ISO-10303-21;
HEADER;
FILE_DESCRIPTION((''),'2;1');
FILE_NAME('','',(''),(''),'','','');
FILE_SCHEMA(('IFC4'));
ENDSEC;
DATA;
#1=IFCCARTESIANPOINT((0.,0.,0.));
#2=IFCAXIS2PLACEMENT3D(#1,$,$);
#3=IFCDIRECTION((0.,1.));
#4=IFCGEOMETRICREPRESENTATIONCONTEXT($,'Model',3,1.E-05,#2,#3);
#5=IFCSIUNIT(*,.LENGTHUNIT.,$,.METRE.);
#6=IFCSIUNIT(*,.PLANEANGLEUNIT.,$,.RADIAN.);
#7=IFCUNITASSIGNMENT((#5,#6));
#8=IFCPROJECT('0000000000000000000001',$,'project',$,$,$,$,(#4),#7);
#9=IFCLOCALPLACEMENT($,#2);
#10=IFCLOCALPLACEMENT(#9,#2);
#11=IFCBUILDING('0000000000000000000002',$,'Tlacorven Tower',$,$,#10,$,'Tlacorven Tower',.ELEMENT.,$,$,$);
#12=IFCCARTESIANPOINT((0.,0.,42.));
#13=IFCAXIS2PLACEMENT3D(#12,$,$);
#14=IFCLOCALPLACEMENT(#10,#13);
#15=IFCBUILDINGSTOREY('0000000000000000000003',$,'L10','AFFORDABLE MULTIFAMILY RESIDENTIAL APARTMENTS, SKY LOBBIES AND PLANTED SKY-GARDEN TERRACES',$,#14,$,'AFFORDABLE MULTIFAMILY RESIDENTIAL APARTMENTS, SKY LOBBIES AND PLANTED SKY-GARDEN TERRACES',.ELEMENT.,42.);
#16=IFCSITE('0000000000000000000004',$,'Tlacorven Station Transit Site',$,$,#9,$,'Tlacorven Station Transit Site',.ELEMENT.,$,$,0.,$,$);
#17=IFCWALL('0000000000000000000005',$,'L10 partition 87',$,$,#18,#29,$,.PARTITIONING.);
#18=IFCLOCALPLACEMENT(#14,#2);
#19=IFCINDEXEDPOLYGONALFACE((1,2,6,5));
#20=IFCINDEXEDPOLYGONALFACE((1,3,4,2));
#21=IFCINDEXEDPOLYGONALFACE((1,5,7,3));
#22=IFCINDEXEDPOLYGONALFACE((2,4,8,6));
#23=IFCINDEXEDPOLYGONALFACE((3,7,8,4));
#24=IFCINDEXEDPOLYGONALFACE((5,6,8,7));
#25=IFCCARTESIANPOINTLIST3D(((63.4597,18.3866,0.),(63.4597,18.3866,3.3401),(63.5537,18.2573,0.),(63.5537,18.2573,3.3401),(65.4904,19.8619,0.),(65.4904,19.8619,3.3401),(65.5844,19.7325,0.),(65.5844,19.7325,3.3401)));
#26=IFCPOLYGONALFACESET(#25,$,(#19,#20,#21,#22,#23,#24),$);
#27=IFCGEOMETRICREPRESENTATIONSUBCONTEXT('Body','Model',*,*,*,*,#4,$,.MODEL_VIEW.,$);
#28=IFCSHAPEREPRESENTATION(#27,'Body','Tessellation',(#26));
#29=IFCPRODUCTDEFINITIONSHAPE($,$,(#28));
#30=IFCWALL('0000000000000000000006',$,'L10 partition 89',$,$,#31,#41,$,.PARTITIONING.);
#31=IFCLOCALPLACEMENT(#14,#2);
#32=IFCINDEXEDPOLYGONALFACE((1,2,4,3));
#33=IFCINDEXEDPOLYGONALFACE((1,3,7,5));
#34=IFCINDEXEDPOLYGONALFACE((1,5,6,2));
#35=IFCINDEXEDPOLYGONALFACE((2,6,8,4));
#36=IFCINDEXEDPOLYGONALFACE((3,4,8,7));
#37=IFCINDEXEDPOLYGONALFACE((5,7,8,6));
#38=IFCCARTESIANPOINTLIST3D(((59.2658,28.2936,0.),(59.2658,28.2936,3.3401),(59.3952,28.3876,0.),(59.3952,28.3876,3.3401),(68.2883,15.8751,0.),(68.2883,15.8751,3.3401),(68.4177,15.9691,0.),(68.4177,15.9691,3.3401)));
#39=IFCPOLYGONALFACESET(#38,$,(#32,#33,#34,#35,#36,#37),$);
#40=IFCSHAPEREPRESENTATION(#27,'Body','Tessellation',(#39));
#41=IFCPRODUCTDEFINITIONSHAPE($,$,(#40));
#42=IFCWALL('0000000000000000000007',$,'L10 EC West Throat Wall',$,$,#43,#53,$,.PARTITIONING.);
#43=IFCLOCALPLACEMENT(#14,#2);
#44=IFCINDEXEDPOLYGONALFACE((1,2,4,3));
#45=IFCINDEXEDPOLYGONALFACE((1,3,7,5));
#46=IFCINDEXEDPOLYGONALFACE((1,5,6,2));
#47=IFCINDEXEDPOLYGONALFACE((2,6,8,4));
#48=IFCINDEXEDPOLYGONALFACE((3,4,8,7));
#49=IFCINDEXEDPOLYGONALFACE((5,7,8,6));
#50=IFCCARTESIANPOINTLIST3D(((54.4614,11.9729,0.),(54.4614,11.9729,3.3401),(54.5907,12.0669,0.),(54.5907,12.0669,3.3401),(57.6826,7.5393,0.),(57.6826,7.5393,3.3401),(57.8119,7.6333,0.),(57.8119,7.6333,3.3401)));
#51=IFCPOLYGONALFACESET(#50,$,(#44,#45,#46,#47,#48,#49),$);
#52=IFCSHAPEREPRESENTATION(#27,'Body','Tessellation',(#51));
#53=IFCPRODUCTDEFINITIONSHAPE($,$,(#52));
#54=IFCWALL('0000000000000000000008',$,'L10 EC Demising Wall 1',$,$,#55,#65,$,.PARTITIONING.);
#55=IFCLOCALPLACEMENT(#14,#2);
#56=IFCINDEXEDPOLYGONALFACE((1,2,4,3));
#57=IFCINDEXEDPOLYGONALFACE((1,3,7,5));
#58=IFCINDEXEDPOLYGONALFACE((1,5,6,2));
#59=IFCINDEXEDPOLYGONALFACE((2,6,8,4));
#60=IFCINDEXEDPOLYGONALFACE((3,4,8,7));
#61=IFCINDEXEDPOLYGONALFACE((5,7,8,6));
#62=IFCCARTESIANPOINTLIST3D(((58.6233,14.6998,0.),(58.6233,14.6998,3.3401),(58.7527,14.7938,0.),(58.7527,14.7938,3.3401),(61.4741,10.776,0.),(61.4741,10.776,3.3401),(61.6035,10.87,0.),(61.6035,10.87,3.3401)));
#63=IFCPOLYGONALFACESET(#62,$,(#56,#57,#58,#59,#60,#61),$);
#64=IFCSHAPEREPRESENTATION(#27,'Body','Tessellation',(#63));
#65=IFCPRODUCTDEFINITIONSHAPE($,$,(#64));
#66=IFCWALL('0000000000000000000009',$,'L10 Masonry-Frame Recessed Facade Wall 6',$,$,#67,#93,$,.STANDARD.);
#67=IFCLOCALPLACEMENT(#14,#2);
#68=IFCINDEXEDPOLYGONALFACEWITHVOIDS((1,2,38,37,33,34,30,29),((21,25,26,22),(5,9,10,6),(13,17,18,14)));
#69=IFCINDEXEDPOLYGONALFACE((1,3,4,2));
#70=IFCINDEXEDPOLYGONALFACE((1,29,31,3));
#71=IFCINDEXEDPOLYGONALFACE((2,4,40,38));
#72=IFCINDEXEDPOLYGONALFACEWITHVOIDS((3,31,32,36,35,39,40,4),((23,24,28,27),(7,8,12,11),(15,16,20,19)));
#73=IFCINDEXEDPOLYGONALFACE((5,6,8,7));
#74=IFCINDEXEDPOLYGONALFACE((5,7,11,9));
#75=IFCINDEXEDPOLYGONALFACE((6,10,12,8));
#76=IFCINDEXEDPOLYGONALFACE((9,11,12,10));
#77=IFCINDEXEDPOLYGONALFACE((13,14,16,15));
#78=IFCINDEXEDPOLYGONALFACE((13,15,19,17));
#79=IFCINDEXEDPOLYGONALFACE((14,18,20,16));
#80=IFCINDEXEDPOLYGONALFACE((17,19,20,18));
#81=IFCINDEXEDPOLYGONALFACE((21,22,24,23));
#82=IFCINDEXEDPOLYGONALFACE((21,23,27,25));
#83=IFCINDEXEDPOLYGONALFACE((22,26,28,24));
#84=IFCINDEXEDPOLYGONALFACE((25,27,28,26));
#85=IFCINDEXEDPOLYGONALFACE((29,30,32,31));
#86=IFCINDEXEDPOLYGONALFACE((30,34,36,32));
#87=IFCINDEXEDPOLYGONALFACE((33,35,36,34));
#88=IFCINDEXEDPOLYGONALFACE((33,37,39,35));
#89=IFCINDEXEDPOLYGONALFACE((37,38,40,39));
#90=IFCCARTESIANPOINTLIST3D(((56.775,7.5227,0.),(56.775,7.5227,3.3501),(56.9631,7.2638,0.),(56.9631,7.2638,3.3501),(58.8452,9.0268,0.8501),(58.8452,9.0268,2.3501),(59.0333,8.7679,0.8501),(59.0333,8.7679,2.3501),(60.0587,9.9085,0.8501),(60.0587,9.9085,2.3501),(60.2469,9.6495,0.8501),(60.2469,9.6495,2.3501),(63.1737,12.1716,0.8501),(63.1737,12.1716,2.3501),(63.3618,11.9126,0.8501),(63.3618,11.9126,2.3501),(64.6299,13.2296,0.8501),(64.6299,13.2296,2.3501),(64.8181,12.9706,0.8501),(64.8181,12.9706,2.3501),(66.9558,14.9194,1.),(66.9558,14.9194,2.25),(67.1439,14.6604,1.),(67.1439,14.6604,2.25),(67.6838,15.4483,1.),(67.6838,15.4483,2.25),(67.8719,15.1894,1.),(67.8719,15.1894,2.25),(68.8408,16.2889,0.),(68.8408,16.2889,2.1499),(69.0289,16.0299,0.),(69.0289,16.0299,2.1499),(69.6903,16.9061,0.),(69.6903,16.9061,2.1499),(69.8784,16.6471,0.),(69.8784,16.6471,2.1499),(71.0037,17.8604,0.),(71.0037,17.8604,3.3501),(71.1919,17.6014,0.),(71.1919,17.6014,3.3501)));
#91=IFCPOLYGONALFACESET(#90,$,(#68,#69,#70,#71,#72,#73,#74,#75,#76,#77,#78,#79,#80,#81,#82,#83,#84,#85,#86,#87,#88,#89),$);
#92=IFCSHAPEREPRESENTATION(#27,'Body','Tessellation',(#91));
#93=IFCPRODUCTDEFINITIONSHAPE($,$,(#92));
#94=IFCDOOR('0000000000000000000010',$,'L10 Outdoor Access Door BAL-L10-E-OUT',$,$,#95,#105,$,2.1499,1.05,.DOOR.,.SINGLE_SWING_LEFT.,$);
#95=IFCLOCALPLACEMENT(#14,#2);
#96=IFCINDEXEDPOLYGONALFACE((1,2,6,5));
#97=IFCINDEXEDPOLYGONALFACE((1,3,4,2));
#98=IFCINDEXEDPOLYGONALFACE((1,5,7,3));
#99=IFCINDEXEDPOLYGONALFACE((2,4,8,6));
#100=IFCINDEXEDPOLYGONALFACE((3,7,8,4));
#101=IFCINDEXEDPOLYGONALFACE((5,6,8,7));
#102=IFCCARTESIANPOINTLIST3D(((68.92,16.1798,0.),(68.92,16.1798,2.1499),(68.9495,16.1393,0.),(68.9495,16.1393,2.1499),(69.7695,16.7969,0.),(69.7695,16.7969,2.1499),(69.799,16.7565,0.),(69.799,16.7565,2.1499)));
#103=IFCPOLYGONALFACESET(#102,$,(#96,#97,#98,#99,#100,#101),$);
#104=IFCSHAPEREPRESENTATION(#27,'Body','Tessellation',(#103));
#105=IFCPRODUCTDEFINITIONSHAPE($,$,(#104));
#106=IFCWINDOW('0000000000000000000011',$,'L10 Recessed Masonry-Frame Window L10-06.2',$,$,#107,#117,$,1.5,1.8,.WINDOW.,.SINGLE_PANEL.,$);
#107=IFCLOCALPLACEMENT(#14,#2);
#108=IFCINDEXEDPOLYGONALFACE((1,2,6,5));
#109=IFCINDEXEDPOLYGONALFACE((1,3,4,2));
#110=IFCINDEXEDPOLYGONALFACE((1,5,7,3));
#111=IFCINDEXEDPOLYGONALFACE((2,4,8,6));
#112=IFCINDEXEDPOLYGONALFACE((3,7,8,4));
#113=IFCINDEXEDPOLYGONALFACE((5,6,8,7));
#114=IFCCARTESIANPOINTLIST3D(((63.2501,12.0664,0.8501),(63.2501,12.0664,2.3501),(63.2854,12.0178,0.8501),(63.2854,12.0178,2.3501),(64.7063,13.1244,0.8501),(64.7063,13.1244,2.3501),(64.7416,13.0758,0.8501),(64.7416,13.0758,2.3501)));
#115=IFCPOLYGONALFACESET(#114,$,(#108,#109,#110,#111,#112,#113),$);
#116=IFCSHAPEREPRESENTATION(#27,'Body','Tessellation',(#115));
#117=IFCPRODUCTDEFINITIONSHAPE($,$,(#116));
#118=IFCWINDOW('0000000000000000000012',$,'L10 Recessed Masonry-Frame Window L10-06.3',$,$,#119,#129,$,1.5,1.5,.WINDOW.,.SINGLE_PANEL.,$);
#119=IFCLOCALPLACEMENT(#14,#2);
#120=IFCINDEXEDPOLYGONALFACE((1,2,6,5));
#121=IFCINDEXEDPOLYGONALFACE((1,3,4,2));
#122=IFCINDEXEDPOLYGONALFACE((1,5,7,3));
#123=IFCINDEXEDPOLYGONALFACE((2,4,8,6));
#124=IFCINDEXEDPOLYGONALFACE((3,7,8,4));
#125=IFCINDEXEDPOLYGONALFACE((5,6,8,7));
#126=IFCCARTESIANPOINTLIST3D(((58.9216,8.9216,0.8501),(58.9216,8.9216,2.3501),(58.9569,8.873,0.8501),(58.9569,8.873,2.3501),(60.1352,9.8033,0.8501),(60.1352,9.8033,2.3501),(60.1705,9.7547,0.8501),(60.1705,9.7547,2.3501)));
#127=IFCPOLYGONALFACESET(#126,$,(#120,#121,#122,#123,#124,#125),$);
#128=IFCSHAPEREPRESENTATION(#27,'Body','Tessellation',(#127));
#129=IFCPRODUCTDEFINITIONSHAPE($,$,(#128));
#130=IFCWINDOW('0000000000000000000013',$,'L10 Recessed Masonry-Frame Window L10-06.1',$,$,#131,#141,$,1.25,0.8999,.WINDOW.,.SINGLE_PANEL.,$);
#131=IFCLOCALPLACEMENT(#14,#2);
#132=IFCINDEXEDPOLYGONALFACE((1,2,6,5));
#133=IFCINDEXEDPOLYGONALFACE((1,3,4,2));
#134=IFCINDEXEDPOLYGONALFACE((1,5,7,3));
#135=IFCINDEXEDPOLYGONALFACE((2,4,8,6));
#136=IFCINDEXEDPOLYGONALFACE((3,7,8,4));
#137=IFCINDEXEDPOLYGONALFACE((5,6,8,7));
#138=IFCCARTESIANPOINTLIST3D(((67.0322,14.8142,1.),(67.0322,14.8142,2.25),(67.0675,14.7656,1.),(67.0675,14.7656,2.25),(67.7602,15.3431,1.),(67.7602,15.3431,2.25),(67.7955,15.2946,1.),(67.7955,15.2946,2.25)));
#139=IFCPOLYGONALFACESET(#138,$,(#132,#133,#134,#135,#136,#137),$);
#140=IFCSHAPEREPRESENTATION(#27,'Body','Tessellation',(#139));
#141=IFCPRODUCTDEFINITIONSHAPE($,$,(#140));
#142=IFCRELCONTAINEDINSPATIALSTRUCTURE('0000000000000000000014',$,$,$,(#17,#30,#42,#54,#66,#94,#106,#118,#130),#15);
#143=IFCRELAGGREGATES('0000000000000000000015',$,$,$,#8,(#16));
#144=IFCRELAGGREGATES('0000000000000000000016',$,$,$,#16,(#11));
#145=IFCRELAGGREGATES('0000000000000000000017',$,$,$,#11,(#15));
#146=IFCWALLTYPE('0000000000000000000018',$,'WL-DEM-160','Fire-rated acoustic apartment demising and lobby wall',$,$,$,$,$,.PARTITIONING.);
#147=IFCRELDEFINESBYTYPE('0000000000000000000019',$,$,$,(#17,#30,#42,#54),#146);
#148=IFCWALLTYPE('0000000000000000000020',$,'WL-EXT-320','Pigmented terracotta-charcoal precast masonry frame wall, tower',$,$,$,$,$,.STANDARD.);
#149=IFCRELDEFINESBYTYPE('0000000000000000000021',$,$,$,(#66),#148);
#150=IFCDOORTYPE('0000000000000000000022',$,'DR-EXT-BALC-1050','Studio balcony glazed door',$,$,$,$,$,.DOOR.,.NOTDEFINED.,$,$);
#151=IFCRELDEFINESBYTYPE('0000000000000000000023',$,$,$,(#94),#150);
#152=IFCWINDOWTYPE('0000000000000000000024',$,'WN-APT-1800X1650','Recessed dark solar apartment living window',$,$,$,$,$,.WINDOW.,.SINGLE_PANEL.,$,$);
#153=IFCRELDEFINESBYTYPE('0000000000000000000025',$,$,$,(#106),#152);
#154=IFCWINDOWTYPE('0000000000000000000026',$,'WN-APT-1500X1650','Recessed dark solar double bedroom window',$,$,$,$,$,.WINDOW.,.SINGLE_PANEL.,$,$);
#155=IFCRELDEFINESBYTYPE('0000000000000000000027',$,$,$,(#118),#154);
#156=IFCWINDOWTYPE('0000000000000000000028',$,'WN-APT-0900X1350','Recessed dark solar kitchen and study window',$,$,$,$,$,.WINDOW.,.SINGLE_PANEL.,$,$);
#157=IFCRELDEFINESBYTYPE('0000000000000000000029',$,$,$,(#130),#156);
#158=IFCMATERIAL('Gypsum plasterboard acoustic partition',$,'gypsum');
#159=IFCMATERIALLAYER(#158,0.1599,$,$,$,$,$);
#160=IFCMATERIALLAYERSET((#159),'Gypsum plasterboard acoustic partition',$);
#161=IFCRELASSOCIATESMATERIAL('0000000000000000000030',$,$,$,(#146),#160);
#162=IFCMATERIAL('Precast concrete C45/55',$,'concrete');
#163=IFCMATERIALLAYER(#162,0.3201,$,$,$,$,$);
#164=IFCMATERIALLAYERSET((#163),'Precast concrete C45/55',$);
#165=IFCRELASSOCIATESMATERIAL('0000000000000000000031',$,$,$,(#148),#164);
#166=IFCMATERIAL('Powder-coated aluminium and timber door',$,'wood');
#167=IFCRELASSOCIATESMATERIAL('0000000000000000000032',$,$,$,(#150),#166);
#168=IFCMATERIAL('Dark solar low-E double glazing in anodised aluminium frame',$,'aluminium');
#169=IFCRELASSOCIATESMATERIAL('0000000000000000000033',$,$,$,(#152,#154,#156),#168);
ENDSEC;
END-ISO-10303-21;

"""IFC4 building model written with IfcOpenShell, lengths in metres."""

from ifc_helpers import new_model, si_unit, direction, frame, frame_2d, origin, place, context, subcontext, project, spatial, rectangle, extrude, source, transform, mapped, material, layer, layer_set, type_object, element, fill, save


model = new_model("IFC4")

# Units and contexts
model_context = context("Model", 3, precision=1e-05, world=origin(), true_north=direction((0.0, 1.0)))
body_context = subcontext(model_context, "Body", "Model", "MODEL_VIEW")
ifc_project = project(units=[si_unit("LENGTHUNIT", "METRE"), si_unit("PLANEANGLEUNIT", "RADIAN")], contexts=[model_context])

# Site, building, storey
site_placement = place(None, origin())
site = spatial("IfcSite", under=ifc_project, at=site_placement, Name="Tlacorven Station Transit Site", LongName="Tlacorven Station Transit Site", CompositionType="ELEMENT", RefElevation=0.0)
building_placement = place(site_placement, origin())
building = spatial("IfcBuilding", under=site, at=building_placement, Name="Tlacorven Tower", LongName="Tlacorven Tower", CompositionType="ELEMENT")
storey_placement = place(building_placement, frame((0.0, 0.0, 42.0)))
storey = spatial("IfcBuildingStorey", under=building, at=storey_placement, Name="L10", Description="AFFORDABLE MULTIFAMILY RESIDENTIAL APARTMENTS, SKY LOBBIES AND PLANTED SKY-GARDEN TERRACES", LongName="AFFORDABLE MULTIFAMILY RESIDENTIAL APARTMENTS, SKY LOBBIES AND PLANTED SKY-GARDEN TERRACES", CompositionType="ELEMENT", Elevation=42.0)

# Walls
ifc_material_1 = material(Name="Gypsum plasterboard acoustic partition", Category="gypsum")
ifc_layer_1 = layer(ifc_material_1, 0.1599)
ifc_layer_set_1 = layer_set([ifc_layer_1], Name="Gypsum plasterboard acoustic partition")
wall_type_1 = type_object("IfcWallType", Name="WL-DEM-160", Description="Fire-rated acoustic apartment demising and lobby wall", PredefinedType="PARTITIONING", material=ifc_layer_set_1)
wall_1_placement = place(storey_placement, frame((63.5068, 18.322, 0.0), z_axis=(0.0, 0.0, 1.0), x_axis=(0.809035, 0.587761, 0.0)))
element("IfcWall", 1, at=wall_1_placement, inside=storey, type_object=wall_type_1, Name="L10 partition 87", PredefinedType="PARTITIONING", context=body_context, shape_type="SweptSolid", body=[
    extrude(rectangle(XDim=2.51, YDim=0.1599, at=frame_2d((1.2549, 0.0))), origin(), (0.0, 0.0, 1.0), 3.3401),
])
wall_2_placement = place(storey_placement, frame((68.353, 15.9221, 0.0), z_axis=(0.0, 0.0, 1.0), x_axis=(-0.587782, 0.809019, 0.0)))
element("IfcWall", 2, at=wall_2_placement, inside=storey, type_object=wall_type_1, Name="L10 partition 89", PredefinedType="PARTITIONING", context=body_context, shape_type="SweptSolid", body=[
    extrude(rectangle(XDim=15.3501, YDim=0.1599, at=frame_2d((7.675, 0.0))), origin(), (0.0, 0.0, 1.0), 3.3401),
])
wall_3_placement = place(storey_placement, frame((57.7473, 7.5862, 0.0), z_axis=(0.0, 0.0, 1.0), x_axis=(-0.587785, 0.809017, 0.0)))
element("IfcWall", 3, at=wall_3_placement, inside=storey, type_object=wall_type_1, Name="L10 EC West Throat Wall", PredefinedType="PARTITIONING", context=body_context, shape_type="SweptSolid", body=[
    extrude(rectangle(XDim=5.4802, YDim=0.1599, at=frame_2d((2.7402, 0.0))), origin(), (0.0, 0.0, 1.0), 3.3401),
])
wall_4_placement = place(storey_placement, frame((61.5388, 10.823, 0.0), z_axis=(0.0, 0.0, 1.0), x_axis=(-0.587786, 0.809017, 0.0)))
element("IfcWall", 4, at=wall_4_placement, inside=storey, type_object=wall_type_1, Name="L10 EC Demising Wall 1", PredefinedType="PARTITIONING", context=body_context, shape_type="SweptSolid", body=[
    extrude(rectangle(XDim=4.8501, YDim=0.1599, at=frame_2d((2.425, 0.0))), origin(), (0.0, 0.0, 1.0), 3.3401),
])

# Wall, openings, door, windows
ifc_material_2 = material(Name="Precast concrete C45/55", Category="concrete")
ifc_layer_2 = layer(ifc_material_2, 0.3201)
ifc_layer_set_2 = layer_set([ifc_layer_2], Name="Precast concrete C45/55")
wall_type_2 = type_object("IfcWallType", Name="WL-EXT-320", Description="Pigmented terracotta-charcoal precast masonry frame wall, tower", PredefinedType="STANDARD", material=ifc_layer_set_2)
wall_5_placement = place(storey_placement, frame((71.0979, 17.731, 0.0), z_axis=(0.0, 0.0, 1.0), x_axis=(-0.809021, -0.58778, 0.0)))
wall_5 = element("IfcWall", 5, at=wall_5_placement, inside=storey, type_object=wall_type_2, Name="L10 Masonry-Frame Recessed Facade Wall 6", PredefinedType="STANDARD", context=body_context, shape_type="SweptSolid", body=[
    extrude(rectangle(XDim=17.5876, YDim=0.3201, at=frame_2d((8.7939, 0.0))), origin(), (0.0, 0.0, 1.0), 3.3501),
])
opening_1_placement = place(wall_5_placement, frame((1.6238, 0.0, 0.0)))
opening_1 = element("IfcOpeningElement", 6, at=opening_1_placement, cuts=wall_5, PredefinedType="OPENING", context=body_context, shape_type="SweptSolid", body=[
    extrude(rectangle(XDim=1.05, YDim=2.1499, at=frame_2d((0.5249, 1.075))), frame((0.0, 0.1699, 0.0), z_axis=(0.0, -1.0, 0.0), x_axis=(1.0, 0.0, 0.0)), (0.0, 0.0, 1.0), 0.3401),
])
opening_2_placement = place(wall_5_placement, frame((4.1038, 0.0, 1.0)))
opening_2 = element("IfcOpeningElement", 7, at=opening_2_placement, cuts=wall_5, PredefinedType="OPENING", context=body_context, shape_type="SweptSolid", body=[
    extrude(rectangle(XDim=0.8999, YDim=1.25, at=frame_2d((0.45, 0.625))), frame((0.0, 0.1699, 0.0), z_axis=(0.0, -1.0, 0.0), x_axis=(1.0, 0.0, 0.0)), (0.0, 0.0, 1.0), 0.3401),
])
opening_3_placement = place(wall_5_placement, frame((7.8787, 0.0, 0.8501)))
opening_3 = element("IfcOpeningElement", 8, at=opening_3_placement, cuts=wall_5, PredefinedType="OPENING", context=body_context, shape_type="SweptSolid", body=[
    extrude(rectangle(XDim=1.8, YDim=1.5, at=frame_2d((0.8999, 0.75))), frame((0.0, 0.1699, 0.0), z_axis=(0.0, -1.0, 0.0), x_axis=(1.0, 0.0, 0.0)), (0.0, 0.0, 1.0), 0.3401),
])
opening_4_placement = place(wall_5_placement, frame((13.5288, 0.0, 0.8501)))
opening_4 = element("IfcOpeningElement", 9, at=opening_4_placement, cuts=wall_5, PredefinedType="OPENING", context=body_context, shape_type="SweptSolid", body=[
    extrude(rectangle(XDim=1.5, YDim=1.5, at=frame_2d((0.75, 0.75))), frame((0.0, 0.1699, 0.0), z_axis=(0.0, -1.0, 0.0), x_axis=(1.0, 0.0, 0.0)), (0.0, 0.0, 1.0), 0.3401),
])
ifc_material_3 = material(Name="Powder-coated aluminium and timber door", Category="wood")
door_type = type_object("IfcDoorType", Name="DR-EXT-BALC-1050", Description="Studio balcony glazed door", OperationType="NOTDEFINED", PredefinedType="DOOR", material=ifc_material_3)
shared_shape_1 = source(origin(), body_context, "Body", "SweptSolid", [
    extrude(rectangle(XDim=1.05, YDim=2.1499, at=frame_2d((0.5249, 1.075))), frame((0.0, 0.0249, 0.0), z_axis=(0.0, -1.0, 0.0), x_axis=(1.0, 0.0, 0.0)), (0.0, 0.0, 1.0), 0.05),
])
door_placement = place(opening_1_placement, origin())
door = element("IfcDoor", 10, at=door_placement, inside=storey, type_object=door_type, Name="L10 Outdoor Access Door BAL-L10-E-OUT", OperationType="SINGLE_SWING_LEFT", OverallHeight=2.1499, OverallWidth=1.05, PredefinedType="DOOR", context=body_context, shape_type="MappedRepresentation", body=[
    mapped(shared_shape_1, transform((0.0, 0.0, 0.0), scale=1.0)),
])
fill(opening_1, door)
ifc_material_4 = material(Name="Dark solar low-E double glazing in anodised aluminium frame", Category="aluminium")
window_type_1 = type_object("IfcWindowType", Name="WN-APT-1800X1650", Description="Recessed dark solar apartment living window", PartitioningType="SINGLE_PANEL", PredefinedType="WINDOW", material=ifc_material_4)
shared_shape_2 = source(origin(), body_context, "Body", "SweptSolid", [
    extrude(rectangle(XDim=1.8, YDim=1.5, at=frame_2d((0.8999, 0.75))), frame((0.0, 0.03, 0.0), z_axis=(0.0, -1.0, 0.0), x_axis=(1.0, 0.0, 0.0)), (0.0, 0.0, 1.0), 0.0601),
])
window_1_placement = place(opening_3_placement, origin())
window_1 = element("IfcWindow", 11, at=window_1_placement, inside=storey, type_object=window_type_1, Name="L10 Recessed Masonry-Frame Window L10-06.2", OverallHeight=1.5, OverallWidth=1.8, PartitioningType="SINGLE_PANEL", PredefinedType="WINDOW", context=body_context, shape_type="MappedRepresentation", body=[
    mapped(shared_shape_2, transform((0.0, 0.0, 0.0), scale=1.0)),
])
fill(opening_3, window_1)
window_type_2 = type_object("IfcWindowType", Name="WN-APT-1500X1650", Description="Recessed dark solar double bedroom window", PartitioningType="SINGLE_PANEL", PredefinedType="WINDOW", material=ifc_material_4)
shared_shape_3 = source(origin(), body_context, "Body", "SweptSolid", [
    extrude(rectangle(XDim=1.5, YDim=1.5, at=frame_2d((0.75, 0.75))), frame((0.0, 0.03, 0.0), z_axis=(0.0, -1.0, 0.0), x_axis=(1.0, 0.0, 0.0)), (0.0, 0.0, 1.0), 0.0601),
])
window_2_placement = place(opening_4_placement, origin())
window_2 = element("IfcWindow", 12, at=window_2_placement, inside=storey, type_object=window_type_2, Name="L10 Recessed Masonry-Frame Window L10-06.3", OverallHeight=1.5, OverallWidth=1.5, PartitioningType="SINGLE_PANEL", PredefinedType="WINDOW", context=body_context, shape_type="MappedRepresentation", body=[
    mapped(shared_shape_3, transform((0.0, 0.0, 0.0), scale=1.0)),
])
fill(opening_4, window_2)
window_type_3 = type_object("IfcWindowType", Name="WN-APT-0900X1350", Description="Recessed dark solar kitchen and study window", PartitioningType="SINGLE_PANEL", PredefinedType="WINDOW", material=ifc_material_4)
shared_shape_4 = source(origin(), body_context, "Body", "SweptSolid", [
    extrude(rectangle(XDim=0.8999, YDim=1.25, at=frame_2d((0.45, 0.625))), frame((0.0, 0.03, 0.0), z_axis=(0.0, -1.0, 0.0), x_axis=(1.0, 0.0, 0.0)), (0.0, 0.0, 1.0), 0.0601),
])
window_3_placement = place(opening_2_placement, origin())
window_3 = element("IfcWindow", 13, at=window_3_placement, inside=storey, type_object=window_type_3, Name="L10 Recessed Masonry-Frame Window L10-06.1", OverallHeight=1.25, OverallWidth=0.8999, PartitioningType="SINGLE_PANEL", PredefinedType="WINDOW", context=body_context, shape_type="MappedRepresentation", body=[
    mapped(shared_shape_4, transform((0.0, 0.0, 0.0), scale=1.0)),
])
fill(opening_2, window_3)

save(model, "model.ifc")
